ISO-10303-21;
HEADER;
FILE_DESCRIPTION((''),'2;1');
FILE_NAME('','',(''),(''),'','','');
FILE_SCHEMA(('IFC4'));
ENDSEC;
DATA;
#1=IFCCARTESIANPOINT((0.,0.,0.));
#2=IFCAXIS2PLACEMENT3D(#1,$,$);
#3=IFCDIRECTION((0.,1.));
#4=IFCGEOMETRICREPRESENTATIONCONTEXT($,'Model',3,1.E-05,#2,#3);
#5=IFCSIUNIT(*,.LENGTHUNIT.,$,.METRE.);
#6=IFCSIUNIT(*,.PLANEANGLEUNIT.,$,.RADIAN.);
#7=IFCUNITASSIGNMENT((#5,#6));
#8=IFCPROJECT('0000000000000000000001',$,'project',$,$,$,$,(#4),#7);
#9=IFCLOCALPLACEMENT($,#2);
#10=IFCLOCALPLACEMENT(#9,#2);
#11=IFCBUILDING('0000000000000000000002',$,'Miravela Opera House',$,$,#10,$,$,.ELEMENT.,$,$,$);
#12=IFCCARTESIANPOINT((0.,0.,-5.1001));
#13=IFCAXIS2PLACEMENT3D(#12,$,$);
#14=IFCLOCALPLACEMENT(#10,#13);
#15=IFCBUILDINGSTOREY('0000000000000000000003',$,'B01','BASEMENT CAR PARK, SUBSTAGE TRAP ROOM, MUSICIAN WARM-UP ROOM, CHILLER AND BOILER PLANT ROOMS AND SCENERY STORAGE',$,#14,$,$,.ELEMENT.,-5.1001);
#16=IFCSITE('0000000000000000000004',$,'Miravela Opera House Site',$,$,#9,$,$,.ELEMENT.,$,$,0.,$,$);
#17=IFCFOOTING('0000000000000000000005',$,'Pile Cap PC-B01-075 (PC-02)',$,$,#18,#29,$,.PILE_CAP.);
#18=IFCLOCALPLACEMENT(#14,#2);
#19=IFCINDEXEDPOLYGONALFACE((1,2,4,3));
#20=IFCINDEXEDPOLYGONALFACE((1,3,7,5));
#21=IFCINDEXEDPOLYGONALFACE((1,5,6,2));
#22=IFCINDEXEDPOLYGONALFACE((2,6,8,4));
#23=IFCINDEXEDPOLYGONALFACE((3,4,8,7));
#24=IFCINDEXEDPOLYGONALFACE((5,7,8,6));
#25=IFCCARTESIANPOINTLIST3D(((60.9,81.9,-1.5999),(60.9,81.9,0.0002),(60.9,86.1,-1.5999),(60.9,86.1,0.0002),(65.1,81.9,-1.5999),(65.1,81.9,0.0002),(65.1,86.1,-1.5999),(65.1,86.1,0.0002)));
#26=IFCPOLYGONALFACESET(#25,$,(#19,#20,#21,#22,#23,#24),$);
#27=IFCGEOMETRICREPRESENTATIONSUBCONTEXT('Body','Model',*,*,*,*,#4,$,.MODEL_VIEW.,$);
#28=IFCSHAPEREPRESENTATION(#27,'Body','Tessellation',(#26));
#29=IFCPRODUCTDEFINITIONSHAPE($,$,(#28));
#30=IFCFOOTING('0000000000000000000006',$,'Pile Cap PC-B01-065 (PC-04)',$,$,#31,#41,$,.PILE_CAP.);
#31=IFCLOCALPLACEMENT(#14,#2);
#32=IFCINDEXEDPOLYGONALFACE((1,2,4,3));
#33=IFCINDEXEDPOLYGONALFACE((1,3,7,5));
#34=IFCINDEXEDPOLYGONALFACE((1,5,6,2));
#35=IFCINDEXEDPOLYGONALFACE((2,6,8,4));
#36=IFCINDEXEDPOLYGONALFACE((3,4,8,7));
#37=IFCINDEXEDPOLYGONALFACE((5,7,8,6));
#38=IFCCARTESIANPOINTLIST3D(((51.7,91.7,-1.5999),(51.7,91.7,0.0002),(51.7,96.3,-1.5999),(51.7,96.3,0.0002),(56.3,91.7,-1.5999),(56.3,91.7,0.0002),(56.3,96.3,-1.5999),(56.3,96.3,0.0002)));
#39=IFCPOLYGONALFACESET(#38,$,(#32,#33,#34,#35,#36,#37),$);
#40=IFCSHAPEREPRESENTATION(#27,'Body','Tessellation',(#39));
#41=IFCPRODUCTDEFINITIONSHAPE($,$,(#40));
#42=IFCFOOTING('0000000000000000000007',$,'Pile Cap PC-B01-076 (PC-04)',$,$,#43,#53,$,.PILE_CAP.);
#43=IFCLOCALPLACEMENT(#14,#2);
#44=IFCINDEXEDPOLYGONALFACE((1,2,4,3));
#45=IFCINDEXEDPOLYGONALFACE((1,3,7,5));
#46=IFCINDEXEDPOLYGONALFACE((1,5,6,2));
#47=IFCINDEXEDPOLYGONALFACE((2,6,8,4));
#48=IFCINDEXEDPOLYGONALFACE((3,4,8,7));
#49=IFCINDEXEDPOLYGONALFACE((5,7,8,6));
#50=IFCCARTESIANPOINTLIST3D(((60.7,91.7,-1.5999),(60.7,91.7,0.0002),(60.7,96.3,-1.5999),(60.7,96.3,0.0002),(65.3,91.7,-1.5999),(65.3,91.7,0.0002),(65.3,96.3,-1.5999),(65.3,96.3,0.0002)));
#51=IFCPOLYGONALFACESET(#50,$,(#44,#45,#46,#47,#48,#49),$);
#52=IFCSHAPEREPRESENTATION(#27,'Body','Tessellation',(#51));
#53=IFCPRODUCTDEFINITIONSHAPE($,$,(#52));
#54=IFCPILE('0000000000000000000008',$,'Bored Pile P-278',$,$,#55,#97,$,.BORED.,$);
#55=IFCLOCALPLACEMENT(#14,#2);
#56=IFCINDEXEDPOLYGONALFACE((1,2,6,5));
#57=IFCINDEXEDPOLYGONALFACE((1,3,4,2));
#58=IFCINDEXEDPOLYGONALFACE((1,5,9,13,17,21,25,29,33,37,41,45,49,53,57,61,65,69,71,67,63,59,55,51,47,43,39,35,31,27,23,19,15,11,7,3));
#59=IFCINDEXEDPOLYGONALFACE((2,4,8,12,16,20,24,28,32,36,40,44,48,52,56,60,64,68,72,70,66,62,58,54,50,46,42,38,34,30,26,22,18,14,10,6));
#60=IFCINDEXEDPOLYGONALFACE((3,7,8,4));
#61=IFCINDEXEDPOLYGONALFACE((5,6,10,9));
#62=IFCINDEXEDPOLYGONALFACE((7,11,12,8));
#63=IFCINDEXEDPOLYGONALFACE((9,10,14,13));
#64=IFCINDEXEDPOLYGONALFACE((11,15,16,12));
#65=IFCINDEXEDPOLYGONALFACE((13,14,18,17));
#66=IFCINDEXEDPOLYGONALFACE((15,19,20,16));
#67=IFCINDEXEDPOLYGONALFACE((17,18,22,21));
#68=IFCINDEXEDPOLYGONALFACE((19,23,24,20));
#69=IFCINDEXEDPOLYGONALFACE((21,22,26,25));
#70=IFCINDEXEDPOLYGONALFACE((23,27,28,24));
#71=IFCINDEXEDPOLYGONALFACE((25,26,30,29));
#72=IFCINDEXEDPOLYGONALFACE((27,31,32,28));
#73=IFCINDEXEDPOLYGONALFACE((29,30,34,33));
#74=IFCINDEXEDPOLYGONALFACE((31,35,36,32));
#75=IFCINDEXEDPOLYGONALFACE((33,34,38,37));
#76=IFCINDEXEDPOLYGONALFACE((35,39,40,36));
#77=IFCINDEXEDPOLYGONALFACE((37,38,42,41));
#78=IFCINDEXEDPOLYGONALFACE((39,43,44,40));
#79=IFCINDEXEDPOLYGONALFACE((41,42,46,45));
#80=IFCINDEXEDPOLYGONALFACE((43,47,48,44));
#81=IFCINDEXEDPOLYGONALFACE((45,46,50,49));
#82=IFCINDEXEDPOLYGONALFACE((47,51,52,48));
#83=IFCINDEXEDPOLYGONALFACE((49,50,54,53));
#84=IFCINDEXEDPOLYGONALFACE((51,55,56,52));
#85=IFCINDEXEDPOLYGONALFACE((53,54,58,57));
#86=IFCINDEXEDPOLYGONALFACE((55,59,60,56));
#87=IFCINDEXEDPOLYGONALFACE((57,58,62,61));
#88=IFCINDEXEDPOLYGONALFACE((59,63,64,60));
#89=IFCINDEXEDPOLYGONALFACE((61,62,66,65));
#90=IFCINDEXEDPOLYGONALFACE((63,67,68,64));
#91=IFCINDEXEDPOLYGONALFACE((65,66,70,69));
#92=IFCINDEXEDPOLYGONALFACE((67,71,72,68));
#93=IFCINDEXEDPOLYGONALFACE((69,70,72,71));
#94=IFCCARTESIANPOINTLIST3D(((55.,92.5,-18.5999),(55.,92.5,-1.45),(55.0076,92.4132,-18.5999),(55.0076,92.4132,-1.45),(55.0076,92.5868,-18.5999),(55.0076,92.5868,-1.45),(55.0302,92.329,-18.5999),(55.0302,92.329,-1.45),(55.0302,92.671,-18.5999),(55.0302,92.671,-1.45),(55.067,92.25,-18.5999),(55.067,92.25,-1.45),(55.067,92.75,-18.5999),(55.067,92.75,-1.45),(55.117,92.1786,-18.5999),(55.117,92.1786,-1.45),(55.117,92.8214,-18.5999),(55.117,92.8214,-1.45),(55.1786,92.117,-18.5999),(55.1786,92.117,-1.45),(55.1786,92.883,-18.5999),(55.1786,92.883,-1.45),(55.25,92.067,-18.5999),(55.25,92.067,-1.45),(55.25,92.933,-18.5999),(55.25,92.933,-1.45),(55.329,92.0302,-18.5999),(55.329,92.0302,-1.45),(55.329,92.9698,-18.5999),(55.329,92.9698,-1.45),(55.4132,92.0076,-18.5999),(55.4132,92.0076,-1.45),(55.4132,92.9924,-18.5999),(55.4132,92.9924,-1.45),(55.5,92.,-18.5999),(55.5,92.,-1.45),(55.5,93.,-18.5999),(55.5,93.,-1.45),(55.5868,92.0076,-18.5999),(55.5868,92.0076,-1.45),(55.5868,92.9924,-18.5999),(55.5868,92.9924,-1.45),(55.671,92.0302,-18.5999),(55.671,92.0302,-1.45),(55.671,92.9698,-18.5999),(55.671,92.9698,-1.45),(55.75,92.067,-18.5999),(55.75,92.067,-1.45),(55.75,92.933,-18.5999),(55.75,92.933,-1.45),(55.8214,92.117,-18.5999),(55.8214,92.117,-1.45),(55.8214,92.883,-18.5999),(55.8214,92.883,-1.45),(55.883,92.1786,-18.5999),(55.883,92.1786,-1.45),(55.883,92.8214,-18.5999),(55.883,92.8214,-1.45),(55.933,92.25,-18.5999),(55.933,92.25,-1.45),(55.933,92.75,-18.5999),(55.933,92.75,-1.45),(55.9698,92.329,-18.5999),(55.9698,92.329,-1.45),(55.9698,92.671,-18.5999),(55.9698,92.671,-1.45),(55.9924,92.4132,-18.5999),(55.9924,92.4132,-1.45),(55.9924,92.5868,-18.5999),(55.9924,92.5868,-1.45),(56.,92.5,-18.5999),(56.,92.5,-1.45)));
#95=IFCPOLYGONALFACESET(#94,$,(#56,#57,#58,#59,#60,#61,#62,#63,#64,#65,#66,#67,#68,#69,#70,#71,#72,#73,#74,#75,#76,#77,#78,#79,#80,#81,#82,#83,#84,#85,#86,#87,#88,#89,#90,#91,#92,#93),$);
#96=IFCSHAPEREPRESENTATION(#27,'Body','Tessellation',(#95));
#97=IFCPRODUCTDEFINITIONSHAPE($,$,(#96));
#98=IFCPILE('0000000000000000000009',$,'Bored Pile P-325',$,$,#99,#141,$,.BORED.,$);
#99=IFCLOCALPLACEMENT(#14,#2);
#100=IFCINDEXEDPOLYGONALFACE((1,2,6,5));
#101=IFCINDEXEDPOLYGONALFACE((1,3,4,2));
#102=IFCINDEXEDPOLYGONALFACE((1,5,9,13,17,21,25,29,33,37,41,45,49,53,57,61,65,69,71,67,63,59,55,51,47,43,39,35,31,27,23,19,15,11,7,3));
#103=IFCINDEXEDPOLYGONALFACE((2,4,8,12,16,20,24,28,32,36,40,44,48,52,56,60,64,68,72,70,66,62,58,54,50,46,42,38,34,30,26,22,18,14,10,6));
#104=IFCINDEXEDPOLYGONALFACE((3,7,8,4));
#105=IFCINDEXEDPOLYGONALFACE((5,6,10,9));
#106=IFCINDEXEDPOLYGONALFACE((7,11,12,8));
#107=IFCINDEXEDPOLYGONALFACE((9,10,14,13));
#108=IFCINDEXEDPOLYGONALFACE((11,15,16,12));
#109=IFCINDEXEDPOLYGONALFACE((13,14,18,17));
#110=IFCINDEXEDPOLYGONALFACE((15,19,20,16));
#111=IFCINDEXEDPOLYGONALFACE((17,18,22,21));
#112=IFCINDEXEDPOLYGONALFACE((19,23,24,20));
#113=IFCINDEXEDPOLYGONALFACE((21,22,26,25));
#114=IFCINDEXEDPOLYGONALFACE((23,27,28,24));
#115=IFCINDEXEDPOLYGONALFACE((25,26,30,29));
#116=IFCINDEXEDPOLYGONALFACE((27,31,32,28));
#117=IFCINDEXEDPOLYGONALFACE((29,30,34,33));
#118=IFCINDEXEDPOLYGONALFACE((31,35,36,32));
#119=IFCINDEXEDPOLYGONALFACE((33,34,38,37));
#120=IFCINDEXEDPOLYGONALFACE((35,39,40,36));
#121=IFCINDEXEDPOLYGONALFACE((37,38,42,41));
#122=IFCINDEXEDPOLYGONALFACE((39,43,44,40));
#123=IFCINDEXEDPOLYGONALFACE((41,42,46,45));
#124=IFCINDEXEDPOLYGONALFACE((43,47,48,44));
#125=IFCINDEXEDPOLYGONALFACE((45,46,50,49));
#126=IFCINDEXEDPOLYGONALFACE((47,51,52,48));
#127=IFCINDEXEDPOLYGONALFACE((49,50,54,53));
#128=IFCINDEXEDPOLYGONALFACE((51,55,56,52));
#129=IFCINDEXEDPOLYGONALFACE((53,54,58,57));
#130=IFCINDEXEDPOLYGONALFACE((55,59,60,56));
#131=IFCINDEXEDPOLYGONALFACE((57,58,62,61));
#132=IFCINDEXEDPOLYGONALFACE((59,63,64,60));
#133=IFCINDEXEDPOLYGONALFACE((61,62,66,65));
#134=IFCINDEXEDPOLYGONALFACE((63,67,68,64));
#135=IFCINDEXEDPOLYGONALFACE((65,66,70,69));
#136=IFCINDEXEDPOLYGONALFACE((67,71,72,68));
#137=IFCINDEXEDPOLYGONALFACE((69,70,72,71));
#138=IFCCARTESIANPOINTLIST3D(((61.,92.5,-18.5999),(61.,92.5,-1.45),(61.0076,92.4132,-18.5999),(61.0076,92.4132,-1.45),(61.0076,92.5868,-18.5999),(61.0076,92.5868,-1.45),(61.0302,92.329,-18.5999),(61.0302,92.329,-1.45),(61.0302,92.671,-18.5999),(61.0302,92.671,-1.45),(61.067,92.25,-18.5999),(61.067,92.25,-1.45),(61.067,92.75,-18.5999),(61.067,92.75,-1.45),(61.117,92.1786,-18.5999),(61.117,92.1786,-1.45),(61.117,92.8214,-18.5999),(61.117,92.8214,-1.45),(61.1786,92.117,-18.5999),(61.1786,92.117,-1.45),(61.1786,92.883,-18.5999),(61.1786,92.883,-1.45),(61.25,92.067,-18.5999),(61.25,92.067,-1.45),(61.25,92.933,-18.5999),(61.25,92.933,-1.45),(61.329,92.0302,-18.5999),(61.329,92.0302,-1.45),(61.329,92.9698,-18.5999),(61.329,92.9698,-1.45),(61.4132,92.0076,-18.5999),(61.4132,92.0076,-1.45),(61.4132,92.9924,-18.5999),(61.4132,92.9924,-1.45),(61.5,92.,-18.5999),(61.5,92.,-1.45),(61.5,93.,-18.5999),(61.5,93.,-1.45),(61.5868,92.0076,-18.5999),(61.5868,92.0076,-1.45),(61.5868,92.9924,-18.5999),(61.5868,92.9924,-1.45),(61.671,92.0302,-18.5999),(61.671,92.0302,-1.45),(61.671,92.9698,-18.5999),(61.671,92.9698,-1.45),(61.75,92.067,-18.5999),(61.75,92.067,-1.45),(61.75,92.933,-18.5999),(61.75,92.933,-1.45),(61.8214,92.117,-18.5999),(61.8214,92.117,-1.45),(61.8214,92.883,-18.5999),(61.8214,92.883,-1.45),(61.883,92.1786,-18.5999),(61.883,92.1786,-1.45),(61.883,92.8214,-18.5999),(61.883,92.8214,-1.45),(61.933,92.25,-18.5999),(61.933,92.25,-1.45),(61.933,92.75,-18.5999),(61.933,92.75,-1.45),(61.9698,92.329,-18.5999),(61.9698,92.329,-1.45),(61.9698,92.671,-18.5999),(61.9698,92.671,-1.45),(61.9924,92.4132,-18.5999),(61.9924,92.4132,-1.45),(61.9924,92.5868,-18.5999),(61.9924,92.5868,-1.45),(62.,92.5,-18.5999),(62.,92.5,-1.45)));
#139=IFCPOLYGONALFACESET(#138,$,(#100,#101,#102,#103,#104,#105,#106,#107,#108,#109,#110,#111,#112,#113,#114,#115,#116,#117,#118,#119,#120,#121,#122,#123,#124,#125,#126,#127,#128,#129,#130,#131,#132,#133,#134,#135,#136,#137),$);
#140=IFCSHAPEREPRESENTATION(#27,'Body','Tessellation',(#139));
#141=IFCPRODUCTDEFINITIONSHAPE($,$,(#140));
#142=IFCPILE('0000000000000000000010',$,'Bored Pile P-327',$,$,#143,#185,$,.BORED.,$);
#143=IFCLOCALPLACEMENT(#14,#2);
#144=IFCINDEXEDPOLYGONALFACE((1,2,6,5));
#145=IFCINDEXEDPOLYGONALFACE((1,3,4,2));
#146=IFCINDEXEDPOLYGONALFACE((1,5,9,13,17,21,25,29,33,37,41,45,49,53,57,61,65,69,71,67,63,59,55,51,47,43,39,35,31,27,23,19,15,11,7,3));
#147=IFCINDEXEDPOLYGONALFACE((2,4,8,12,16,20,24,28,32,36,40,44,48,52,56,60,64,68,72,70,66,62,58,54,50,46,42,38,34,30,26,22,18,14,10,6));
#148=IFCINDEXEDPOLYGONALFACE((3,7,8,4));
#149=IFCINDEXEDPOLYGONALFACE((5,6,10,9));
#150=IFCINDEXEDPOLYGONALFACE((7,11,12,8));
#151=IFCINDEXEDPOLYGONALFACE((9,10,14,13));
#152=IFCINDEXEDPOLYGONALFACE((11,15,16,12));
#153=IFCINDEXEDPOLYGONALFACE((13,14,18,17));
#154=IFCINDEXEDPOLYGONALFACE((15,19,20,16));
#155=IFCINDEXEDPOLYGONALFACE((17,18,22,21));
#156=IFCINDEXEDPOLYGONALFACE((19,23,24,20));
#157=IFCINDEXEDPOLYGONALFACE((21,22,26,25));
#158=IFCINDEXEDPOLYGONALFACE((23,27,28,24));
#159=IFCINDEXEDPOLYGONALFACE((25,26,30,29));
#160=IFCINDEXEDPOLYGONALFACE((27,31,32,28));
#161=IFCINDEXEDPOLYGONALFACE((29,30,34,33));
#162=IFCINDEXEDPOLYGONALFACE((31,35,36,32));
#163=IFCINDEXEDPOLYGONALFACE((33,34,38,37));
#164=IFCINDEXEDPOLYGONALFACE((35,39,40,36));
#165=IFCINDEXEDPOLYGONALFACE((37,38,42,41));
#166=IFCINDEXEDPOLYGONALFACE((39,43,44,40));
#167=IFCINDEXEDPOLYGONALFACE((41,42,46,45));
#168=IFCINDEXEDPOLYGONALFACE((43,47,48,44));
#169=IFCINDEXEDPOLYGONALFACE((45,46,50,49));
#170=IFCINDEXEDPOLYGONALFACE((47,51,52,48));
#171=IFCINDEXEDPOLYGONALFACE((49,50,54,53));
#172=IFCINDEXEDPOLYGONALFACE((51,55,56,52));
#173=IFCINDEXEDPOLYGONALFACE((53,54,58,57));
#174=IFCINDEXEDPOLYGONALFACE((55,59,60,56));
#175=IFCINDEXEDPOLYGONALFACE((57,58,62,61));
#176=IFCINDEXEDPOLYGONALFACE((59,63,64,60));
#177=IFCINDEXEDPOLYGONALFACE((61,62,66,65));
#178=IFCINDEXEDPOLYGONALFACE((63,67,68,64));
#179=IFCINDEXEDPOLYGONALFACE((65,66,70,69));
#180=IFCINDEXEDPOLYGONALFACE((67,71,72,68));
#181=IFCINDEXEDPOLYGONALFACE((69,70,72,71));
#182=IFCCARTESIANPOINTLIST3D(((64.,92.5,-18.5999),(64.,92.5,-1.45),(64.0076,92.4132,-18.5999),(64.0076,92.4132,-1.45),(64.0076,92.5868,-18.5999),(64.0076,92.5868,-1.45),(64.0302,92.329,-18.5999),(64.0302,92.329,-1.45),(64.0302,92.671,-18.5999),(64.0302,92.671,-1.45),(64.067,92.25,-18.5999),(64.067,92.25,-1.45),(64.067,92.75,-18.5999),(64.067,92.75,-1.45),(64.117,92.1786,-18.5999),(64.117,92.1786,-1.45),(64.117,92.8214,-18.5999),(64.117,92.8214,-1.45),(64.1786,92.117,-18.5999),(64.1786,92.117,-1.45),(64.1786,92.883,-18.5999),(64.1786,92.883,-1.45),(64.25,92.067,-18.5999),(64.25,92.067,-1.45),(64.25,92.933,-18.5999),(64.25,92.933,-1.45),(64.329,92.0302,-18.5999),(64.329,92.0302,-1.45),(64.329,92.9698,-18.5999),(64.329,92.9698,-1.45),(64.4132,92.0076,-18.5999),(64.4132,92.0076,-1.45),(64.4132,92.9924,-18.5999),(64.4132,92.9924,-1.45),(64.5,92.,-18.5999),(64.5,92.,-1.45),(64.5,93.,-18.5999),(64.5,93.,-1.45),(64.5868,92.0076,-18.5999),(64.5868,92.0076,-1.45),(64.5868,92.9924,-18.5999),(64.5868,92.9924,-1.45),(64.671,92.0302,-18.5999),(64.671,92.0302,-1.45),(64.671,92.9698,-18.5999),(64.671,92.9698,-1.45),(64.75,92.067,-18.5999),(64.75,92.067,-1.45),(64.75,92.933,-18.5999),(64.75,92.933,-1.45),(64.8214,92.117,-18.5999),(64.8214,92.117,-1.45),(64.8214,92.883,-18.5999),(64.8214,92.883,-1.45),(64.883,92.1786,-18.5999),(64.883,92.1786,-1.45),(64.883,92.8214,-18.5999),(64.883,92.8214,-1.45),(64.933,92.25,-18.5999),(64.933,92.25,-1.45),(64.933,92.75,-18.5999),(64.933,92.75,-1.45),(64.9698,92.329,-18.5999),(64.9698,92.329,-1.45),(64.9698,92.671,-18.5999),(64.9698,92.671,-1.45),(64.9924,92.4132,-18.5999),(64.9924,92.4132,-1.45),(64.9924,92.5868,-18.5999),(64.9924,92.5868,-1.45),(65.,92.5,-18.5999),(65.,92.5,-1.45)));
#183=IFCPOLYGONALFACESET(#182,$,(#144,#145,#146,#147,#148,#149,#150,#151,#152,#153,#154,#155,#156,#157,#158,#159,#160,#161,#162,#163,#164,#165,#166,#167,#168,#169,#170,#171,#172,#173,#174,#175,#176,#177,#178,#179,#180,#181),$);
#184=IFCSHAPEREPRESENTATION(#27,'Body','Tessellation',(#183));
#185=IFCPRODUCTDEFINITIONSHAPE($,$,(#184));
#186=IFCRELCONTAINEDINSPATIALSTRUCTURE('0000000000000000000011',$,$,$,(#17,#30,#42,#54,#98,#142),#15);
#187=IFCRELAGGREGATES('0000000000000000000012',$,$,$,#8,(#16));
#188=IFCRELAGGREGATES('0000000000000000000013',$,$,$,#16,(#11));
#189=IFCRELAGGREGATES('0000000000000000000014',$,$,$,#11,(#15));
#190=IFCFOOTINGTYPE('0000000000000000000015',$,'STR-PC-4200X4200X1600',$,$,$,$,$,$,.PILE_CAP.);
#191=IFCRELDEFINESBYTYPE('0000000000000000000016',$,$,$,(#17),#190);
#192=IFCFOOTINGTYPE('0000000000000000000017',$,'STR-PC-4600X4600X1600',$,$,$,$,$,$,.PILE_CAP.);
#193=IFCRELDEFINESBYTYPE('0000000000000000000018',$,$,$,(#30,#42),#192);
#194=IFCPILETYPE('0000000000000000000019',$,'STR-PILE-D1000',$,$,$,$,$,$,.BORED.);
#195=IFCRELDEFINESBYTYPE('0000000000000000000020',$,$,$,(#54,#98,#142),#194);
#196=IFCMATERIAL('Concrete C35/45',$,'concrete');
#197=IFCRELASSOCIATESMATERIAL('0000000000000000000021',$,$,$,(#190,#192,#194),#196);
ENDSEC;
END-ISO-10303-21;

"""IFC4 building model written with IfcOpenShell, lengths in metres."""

from ifc_helpers import new_model, si_unit, direction, frame, origin, origin_2d, place, context, subcontext, project, spatial, rectangle, circle, extrude, material, material_profile, profile_set, type_object, element, save


model = new_model("IFC4")

# Units and contexts
model_context = context("Model", 3, precision=1e-05, world=origin(), true_north=direction((0.0, 1.0)))
body_context = subcontext(model_context, "Body", "Model", "MODEL_VIEW")
ifc_project = project(units=[si_unit("LENGTHUNIT", "METRE"), si_unit("PLANEANGLEUNIT", "RADIAN")], contexts=[model_context])

# Site, building, storey
site_placement = place(None, origin())
site = spatial("IfcSite", under=ifc_project, at=site_placement, Name="Miravela Opera House Site", CompositionType="ELEMENT", RefElevation=0.0)
building_placement = place(site_placement, origin())
building = spatial("IfcBuilding", under=site, at=building_placement, Name="Miravela Opera House", CompositionType="ELEMENT")
storey_placement = place(building_placement, frame((0.0, 0.0, -5.1001)))
storey = spatial("IfcBuildingStorey", under=building, at=storey_placement, Name="B01", Description="BASEMENT CAR PARK, SUBSTAGE TRAP ROOM, MUSICIAN WARM-UP ROOM, CHILLER AND BOILER PLANT ROOMS AND SCENERY STORAGE", CompositionType="ELEMENT", Elevation=-5.1001)

# Footings
ifc_material_1 = material(Name="Concrete C35/45", Category="concrete")
footing_type_1 = type_object("IfcFootingType", Name="STR-PC-4200X4200X1600", PredefinedType="PILE_CAP", material=ifc_material_1)
footing_placement = place(storey_placement, frame((63.0, 84.0, -1.5999), z_axis=(0.0, 0.0, 1.0), x_axis=(1.0, 0.0, 0.0)))
element("IfcFooting", 1, at=footing_placement, inside=storey, type_object=footing_type_1, Name="Pile Cap PC-B01-075 (PC-02)", PredefinedType="PILE_CAP", context=body_context, shape_type="SweptSolid", body=[
    extrude(rectangle(XDim=4.2, YDim=4.2, at=origin_2d()), origin(), (0.0, 0.0, 1.0), 1.6001),
])
footing_type_2 = type_object("IfcFootingType", Name="STR-PC-4600X4600X1600", PredefinedType="PILE_CAP", material=ifc_material_1)
for number, where, z_axis, x_axis, name in (
    (2, (54.0, 94.0, -1.5999), (0.0, 0.0, 1.0), (1.0, 0.0, 0.0), "Pile Cap PC-B01-065 (PC-04)"),
    (3, (63.0, 94.0, -1.5999), (0.0, 0.0, 1.0), (1.0, 0.0, 0.0), "Pile Cap PC-B01-076 (PC-04)"),
):
    element("IfcFooting", number, at=place(storey_placement, frame(where, z_axis=z_axis, x_axis=x_axis)), inside=storey, type_object=footing_type_2, Name=name, PredefinedType="PILE_CAP", context=body_context, shape_type="SweptSolid", body=[
        extrude(rectangle(XDim=4.6001, YDim=4.6001, at=origin_2d()), origin(), (0.0, 0.0, 1.0), 1.6001),
    ])

# Piles
ifc_material_profile_1 = material_profile(ifc_material_1, circle(Radius=0.5, at=origin_2d()), Name="PILE-D1000")
ifc_profile_set_1 = profile_set([ifc_material_profile_1])
pile_type_1 = type_object("IfcPileType", Name="STR-PILE-D1000", PredefinedType="BORED", material=ifc_profile_set_1)
for number, where, z_axis, x_axis, name in (
    (4, (55.5, 92.5, -1.45), (0.0, 0.0, -1.0), (1.0, 0.0, 0.0), "Bored Pile P-278"),
    (5, (61.5, 92.5, -1.45), (0.0, 0.0, -1.0), (1.0, 0.0, 0.0), "Bored Pile P-325"),
    (6, (64.5, 92.5, -1.45), (0.0, 0.0, -1.0), (1.0, 0.0, 0.0), "Bored Pile P-327"),
):
    element("IfcPile", number, at=place(storey_placement, frame(where, z_axis=z_axis, x_axis=x_axis)), inside=storey, type_object=pile_type_1, Name=name, PredefinedType="BORED", context=body_context, shape_type="SweptSolid", body=[
        extrude(circle(Radius=0.5, at=origin_2d()), origin(), (0.0, 0.0, 1.0), 17.1499),
    ])

save(model, "model.ifc")
